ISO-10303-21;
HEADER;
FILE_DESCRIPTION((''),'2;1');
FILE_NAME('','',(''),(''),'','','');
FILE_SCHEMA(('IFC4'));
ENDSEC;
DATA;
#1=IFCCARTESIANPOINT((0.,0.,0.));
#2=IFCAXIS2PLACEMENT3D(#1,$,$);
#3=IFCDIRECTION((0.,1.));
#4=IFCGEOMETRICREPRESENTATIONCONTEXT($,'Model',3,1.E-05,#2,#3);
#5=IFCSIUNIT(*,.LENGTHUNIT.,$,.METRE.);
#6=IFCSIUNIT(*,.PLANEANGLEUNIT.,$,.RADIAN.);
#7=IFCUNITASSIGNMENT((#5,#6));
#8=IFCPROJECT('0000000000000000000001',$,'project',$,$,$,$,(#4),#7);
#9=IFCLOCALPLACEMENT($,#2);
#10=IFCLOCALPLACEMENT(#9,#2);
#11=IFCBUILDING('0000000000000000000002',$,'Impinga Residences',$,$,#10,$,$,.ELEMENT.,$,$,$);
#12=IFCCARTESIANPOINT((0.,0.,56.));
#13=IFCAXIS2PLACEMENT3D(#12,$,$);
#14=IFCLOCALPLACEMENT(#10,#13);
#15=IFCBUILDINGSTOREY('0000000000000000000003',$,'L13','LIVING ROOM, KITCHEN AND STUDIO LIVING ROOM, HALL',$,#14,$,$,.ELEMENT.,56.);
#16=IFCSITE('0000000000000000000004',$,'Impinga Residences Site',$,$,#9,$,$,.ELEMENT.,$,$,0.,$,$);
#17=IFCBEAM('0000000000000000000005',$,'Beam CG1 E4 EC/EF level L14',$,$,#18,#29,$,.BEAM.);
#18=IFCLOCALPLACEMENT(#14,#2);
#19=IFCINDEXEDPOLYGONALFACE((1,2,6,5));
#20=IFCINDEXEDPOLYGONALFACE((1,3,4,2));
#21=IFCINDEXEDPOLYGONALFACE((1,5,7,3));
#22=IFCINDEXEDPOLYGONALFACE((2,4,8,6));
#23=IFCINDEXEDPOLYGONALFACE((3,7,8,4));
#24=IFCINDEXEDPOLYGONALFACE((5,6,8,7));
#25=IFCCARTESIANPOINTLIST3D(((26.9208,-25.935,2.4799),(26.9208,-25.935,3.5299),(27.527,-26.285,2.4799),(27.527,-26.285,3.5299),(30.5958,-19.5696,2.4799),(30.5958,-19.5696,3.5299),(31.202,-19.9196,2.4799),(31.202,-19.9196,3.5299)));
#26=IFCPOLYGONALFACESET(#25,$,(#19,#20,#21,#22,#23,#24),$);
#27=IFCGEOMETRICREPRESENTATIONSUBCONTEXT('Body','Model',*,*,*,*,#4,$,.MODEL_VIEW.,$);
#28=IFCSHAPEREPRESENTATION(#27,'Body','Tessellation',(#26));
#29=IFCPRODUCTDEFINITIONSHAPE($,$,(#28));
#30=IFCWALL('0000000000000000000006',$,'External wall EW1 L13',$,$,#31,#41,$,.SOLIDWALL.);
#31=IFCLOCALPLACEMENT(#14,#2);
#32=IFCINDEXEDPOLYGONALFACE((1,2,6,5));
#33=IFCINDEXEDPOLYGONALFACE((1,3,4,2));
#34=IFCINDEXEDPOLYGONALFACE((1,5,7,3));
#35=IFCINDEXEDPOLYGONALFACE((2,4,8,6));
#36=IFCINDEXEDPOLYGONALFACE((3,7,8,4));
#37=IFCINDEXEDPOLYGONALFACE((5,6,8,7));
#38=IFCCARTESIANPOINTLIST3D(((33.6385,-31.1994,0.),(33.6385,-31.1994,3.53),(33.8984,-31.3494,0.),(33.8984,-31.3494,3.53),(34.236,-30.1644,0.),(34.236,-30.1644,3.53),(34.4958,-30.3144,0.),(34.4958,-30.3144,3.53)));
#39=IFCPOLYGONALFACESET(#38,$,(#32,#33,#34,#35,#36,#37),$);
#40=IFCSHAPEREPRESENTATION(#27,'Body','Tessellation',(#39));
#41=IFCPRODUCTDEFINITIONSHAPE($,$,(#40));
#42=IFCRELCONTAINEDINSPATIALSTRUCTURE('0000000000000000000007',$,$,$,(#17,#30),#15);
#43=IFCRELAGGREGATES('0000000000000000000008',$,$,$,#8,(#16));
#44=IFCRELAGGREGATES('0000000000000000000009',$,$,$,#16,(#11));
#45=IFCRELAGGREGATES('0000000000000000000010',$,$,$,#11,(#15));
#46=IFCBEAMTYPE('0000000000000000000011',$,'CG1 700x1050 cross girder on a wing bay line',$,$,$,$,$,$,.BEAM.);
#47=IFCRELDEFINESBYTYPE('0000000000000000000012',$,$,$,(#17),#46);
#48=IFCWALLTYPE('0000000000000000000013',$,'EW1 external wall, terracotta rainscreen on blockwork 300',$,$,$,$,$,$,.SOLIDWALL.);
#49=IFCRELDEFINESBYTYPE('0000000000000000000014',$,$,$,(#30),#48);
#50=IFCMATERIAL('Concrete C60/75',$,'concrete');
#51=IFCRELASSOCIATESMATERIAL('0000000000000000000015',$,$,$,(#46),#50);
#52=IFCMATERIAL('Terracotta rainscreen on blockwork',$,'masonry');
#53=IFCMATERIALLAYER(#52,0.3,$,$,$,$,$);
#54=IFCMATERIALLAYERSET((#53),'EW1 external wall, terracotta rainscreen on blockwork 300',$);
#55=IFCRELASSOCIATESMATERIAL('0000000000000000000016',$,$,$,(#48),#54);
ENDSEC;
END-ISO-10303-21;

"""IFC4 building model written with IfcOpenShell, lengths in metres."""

from ifc_helpers import new_model, si_unit, direction, frame, frame_2d, origin, origin_2d, place, context, subcontext, project, spatial, rectangle, extrude, material, layer, layer_set, material_profile, profile_set, type_object, element, save


model = new_model("IFC4")

# Units and contexts
model_context = context("Model", 3, precision=1e-05, world=origin(), true_north=direction((0.0, 1.0)))
body_context = subcontext(model_context, "Body", "Model", "MODEL_VIEW")
ifc_project = project(units=[si_unit("LENGTHUNIT", "METRE"), si_unit("PLANEANGLEUNIT", "RADIAN")], contexts=[model_context])

# Site, building, storey
site_placement = place(None, origin())
site = spatial("IfcSite", under=ifc_project, at=site_placement, Name="Impinga Residences Site", CompositionType="ELEMENT", RefElevation=0.0)
building_placement = place(site_placement, origin())
building = spatial("IfcBuilding", under=site, at=building_placement, Name="Impinga Residences", CompositionType="ELEMENT")
storey_placement = place(building_placement, frame((0.0, 0.0, 56.0)))
storey = spatial("IfcBuildingStorey", under=building, at=storey_placement, Name="L13", Description="LIVING ROOM, KITCHEN AND STUDIO LIVING ROOM, HALL", CompositionType="ELEMENT", Elevation=56.0)

# Beam
ifc_material_1 = material(Name="Concrete C60/75", Category="concrete")
ifc_material_profile = material_profile(ifc_material_1, rectangle(XDim=0.7, YDim=1.05, at=origin_2d()), Name="RC 700x1050")
ifc_profile_set = profile_set([ifc_material_profile], Name="Concrete C60/75")
beam_type = type_object("IfcBeamType", Name="CG1 700x1050 cross girder on a wing bay line", PredefinedType="BEAM", material=ifc_profile_set)
beam_placement = place(storey_placement, frame((30.8989, -19.7446, 3.0049), z_axis=(-0.499994, -0.866029, 0.0), x_axis=(0.866029, -0.499994, 0.0)))
element("IfcBeam", 1, at=beam_placement, inside=storey, type_object=beam_type, Name="Beam CG1 E4 EC/EF level L14", PredefinedType="BEAM", context=body_context, shape_type="SweptSolid", body=[
    extrude(rectangle(XDim=0.7, YDim=1.05, at=origin_2d()), origin(), (0.0, 0.0, 1.0), 7.3501),
])

# Wall
ifc_material_2 = material(Name="Terracotta rainscreen on blockwork", Category="masonry")
ifc_layer_1 = layer(ifc_material_2, 0.3)
ifc_layer_set_1 = layer_set([ifc_layer_1], Name="EW1 external wall, terracotta rainscreen on blockwork 300")
wall_type_1 = type_object("IfcWallType", Name="EW1 external wall, terracotta rainscreen on blockwork 300", PredefinedType="SOLIDWALL", material=ifc_layer_set_1)
wall_1_placement = place(storey_placement, frame((34.366, -30.2393, 0.0), z_axis=(0.0, 0.0, 1.0), x_axis=(-0.499941, -0.86606, 0.0)))
element("IfcWall", 2, at=wall_1_placement, inside=storey, type_object=wall_type_1, Name="External wall EW1 L13", PredefinedType="SOLIDWALL", context=body_context, shape_type="SweptSolid", body=[
    extrude(rectangle(XDim=1.1951, YDim=0.3, at=frame_2d((0.5977, 0.0))), origin(), (0.0, 0.0, 1.0), 3.53),
])

save(model, "model.ifc")
